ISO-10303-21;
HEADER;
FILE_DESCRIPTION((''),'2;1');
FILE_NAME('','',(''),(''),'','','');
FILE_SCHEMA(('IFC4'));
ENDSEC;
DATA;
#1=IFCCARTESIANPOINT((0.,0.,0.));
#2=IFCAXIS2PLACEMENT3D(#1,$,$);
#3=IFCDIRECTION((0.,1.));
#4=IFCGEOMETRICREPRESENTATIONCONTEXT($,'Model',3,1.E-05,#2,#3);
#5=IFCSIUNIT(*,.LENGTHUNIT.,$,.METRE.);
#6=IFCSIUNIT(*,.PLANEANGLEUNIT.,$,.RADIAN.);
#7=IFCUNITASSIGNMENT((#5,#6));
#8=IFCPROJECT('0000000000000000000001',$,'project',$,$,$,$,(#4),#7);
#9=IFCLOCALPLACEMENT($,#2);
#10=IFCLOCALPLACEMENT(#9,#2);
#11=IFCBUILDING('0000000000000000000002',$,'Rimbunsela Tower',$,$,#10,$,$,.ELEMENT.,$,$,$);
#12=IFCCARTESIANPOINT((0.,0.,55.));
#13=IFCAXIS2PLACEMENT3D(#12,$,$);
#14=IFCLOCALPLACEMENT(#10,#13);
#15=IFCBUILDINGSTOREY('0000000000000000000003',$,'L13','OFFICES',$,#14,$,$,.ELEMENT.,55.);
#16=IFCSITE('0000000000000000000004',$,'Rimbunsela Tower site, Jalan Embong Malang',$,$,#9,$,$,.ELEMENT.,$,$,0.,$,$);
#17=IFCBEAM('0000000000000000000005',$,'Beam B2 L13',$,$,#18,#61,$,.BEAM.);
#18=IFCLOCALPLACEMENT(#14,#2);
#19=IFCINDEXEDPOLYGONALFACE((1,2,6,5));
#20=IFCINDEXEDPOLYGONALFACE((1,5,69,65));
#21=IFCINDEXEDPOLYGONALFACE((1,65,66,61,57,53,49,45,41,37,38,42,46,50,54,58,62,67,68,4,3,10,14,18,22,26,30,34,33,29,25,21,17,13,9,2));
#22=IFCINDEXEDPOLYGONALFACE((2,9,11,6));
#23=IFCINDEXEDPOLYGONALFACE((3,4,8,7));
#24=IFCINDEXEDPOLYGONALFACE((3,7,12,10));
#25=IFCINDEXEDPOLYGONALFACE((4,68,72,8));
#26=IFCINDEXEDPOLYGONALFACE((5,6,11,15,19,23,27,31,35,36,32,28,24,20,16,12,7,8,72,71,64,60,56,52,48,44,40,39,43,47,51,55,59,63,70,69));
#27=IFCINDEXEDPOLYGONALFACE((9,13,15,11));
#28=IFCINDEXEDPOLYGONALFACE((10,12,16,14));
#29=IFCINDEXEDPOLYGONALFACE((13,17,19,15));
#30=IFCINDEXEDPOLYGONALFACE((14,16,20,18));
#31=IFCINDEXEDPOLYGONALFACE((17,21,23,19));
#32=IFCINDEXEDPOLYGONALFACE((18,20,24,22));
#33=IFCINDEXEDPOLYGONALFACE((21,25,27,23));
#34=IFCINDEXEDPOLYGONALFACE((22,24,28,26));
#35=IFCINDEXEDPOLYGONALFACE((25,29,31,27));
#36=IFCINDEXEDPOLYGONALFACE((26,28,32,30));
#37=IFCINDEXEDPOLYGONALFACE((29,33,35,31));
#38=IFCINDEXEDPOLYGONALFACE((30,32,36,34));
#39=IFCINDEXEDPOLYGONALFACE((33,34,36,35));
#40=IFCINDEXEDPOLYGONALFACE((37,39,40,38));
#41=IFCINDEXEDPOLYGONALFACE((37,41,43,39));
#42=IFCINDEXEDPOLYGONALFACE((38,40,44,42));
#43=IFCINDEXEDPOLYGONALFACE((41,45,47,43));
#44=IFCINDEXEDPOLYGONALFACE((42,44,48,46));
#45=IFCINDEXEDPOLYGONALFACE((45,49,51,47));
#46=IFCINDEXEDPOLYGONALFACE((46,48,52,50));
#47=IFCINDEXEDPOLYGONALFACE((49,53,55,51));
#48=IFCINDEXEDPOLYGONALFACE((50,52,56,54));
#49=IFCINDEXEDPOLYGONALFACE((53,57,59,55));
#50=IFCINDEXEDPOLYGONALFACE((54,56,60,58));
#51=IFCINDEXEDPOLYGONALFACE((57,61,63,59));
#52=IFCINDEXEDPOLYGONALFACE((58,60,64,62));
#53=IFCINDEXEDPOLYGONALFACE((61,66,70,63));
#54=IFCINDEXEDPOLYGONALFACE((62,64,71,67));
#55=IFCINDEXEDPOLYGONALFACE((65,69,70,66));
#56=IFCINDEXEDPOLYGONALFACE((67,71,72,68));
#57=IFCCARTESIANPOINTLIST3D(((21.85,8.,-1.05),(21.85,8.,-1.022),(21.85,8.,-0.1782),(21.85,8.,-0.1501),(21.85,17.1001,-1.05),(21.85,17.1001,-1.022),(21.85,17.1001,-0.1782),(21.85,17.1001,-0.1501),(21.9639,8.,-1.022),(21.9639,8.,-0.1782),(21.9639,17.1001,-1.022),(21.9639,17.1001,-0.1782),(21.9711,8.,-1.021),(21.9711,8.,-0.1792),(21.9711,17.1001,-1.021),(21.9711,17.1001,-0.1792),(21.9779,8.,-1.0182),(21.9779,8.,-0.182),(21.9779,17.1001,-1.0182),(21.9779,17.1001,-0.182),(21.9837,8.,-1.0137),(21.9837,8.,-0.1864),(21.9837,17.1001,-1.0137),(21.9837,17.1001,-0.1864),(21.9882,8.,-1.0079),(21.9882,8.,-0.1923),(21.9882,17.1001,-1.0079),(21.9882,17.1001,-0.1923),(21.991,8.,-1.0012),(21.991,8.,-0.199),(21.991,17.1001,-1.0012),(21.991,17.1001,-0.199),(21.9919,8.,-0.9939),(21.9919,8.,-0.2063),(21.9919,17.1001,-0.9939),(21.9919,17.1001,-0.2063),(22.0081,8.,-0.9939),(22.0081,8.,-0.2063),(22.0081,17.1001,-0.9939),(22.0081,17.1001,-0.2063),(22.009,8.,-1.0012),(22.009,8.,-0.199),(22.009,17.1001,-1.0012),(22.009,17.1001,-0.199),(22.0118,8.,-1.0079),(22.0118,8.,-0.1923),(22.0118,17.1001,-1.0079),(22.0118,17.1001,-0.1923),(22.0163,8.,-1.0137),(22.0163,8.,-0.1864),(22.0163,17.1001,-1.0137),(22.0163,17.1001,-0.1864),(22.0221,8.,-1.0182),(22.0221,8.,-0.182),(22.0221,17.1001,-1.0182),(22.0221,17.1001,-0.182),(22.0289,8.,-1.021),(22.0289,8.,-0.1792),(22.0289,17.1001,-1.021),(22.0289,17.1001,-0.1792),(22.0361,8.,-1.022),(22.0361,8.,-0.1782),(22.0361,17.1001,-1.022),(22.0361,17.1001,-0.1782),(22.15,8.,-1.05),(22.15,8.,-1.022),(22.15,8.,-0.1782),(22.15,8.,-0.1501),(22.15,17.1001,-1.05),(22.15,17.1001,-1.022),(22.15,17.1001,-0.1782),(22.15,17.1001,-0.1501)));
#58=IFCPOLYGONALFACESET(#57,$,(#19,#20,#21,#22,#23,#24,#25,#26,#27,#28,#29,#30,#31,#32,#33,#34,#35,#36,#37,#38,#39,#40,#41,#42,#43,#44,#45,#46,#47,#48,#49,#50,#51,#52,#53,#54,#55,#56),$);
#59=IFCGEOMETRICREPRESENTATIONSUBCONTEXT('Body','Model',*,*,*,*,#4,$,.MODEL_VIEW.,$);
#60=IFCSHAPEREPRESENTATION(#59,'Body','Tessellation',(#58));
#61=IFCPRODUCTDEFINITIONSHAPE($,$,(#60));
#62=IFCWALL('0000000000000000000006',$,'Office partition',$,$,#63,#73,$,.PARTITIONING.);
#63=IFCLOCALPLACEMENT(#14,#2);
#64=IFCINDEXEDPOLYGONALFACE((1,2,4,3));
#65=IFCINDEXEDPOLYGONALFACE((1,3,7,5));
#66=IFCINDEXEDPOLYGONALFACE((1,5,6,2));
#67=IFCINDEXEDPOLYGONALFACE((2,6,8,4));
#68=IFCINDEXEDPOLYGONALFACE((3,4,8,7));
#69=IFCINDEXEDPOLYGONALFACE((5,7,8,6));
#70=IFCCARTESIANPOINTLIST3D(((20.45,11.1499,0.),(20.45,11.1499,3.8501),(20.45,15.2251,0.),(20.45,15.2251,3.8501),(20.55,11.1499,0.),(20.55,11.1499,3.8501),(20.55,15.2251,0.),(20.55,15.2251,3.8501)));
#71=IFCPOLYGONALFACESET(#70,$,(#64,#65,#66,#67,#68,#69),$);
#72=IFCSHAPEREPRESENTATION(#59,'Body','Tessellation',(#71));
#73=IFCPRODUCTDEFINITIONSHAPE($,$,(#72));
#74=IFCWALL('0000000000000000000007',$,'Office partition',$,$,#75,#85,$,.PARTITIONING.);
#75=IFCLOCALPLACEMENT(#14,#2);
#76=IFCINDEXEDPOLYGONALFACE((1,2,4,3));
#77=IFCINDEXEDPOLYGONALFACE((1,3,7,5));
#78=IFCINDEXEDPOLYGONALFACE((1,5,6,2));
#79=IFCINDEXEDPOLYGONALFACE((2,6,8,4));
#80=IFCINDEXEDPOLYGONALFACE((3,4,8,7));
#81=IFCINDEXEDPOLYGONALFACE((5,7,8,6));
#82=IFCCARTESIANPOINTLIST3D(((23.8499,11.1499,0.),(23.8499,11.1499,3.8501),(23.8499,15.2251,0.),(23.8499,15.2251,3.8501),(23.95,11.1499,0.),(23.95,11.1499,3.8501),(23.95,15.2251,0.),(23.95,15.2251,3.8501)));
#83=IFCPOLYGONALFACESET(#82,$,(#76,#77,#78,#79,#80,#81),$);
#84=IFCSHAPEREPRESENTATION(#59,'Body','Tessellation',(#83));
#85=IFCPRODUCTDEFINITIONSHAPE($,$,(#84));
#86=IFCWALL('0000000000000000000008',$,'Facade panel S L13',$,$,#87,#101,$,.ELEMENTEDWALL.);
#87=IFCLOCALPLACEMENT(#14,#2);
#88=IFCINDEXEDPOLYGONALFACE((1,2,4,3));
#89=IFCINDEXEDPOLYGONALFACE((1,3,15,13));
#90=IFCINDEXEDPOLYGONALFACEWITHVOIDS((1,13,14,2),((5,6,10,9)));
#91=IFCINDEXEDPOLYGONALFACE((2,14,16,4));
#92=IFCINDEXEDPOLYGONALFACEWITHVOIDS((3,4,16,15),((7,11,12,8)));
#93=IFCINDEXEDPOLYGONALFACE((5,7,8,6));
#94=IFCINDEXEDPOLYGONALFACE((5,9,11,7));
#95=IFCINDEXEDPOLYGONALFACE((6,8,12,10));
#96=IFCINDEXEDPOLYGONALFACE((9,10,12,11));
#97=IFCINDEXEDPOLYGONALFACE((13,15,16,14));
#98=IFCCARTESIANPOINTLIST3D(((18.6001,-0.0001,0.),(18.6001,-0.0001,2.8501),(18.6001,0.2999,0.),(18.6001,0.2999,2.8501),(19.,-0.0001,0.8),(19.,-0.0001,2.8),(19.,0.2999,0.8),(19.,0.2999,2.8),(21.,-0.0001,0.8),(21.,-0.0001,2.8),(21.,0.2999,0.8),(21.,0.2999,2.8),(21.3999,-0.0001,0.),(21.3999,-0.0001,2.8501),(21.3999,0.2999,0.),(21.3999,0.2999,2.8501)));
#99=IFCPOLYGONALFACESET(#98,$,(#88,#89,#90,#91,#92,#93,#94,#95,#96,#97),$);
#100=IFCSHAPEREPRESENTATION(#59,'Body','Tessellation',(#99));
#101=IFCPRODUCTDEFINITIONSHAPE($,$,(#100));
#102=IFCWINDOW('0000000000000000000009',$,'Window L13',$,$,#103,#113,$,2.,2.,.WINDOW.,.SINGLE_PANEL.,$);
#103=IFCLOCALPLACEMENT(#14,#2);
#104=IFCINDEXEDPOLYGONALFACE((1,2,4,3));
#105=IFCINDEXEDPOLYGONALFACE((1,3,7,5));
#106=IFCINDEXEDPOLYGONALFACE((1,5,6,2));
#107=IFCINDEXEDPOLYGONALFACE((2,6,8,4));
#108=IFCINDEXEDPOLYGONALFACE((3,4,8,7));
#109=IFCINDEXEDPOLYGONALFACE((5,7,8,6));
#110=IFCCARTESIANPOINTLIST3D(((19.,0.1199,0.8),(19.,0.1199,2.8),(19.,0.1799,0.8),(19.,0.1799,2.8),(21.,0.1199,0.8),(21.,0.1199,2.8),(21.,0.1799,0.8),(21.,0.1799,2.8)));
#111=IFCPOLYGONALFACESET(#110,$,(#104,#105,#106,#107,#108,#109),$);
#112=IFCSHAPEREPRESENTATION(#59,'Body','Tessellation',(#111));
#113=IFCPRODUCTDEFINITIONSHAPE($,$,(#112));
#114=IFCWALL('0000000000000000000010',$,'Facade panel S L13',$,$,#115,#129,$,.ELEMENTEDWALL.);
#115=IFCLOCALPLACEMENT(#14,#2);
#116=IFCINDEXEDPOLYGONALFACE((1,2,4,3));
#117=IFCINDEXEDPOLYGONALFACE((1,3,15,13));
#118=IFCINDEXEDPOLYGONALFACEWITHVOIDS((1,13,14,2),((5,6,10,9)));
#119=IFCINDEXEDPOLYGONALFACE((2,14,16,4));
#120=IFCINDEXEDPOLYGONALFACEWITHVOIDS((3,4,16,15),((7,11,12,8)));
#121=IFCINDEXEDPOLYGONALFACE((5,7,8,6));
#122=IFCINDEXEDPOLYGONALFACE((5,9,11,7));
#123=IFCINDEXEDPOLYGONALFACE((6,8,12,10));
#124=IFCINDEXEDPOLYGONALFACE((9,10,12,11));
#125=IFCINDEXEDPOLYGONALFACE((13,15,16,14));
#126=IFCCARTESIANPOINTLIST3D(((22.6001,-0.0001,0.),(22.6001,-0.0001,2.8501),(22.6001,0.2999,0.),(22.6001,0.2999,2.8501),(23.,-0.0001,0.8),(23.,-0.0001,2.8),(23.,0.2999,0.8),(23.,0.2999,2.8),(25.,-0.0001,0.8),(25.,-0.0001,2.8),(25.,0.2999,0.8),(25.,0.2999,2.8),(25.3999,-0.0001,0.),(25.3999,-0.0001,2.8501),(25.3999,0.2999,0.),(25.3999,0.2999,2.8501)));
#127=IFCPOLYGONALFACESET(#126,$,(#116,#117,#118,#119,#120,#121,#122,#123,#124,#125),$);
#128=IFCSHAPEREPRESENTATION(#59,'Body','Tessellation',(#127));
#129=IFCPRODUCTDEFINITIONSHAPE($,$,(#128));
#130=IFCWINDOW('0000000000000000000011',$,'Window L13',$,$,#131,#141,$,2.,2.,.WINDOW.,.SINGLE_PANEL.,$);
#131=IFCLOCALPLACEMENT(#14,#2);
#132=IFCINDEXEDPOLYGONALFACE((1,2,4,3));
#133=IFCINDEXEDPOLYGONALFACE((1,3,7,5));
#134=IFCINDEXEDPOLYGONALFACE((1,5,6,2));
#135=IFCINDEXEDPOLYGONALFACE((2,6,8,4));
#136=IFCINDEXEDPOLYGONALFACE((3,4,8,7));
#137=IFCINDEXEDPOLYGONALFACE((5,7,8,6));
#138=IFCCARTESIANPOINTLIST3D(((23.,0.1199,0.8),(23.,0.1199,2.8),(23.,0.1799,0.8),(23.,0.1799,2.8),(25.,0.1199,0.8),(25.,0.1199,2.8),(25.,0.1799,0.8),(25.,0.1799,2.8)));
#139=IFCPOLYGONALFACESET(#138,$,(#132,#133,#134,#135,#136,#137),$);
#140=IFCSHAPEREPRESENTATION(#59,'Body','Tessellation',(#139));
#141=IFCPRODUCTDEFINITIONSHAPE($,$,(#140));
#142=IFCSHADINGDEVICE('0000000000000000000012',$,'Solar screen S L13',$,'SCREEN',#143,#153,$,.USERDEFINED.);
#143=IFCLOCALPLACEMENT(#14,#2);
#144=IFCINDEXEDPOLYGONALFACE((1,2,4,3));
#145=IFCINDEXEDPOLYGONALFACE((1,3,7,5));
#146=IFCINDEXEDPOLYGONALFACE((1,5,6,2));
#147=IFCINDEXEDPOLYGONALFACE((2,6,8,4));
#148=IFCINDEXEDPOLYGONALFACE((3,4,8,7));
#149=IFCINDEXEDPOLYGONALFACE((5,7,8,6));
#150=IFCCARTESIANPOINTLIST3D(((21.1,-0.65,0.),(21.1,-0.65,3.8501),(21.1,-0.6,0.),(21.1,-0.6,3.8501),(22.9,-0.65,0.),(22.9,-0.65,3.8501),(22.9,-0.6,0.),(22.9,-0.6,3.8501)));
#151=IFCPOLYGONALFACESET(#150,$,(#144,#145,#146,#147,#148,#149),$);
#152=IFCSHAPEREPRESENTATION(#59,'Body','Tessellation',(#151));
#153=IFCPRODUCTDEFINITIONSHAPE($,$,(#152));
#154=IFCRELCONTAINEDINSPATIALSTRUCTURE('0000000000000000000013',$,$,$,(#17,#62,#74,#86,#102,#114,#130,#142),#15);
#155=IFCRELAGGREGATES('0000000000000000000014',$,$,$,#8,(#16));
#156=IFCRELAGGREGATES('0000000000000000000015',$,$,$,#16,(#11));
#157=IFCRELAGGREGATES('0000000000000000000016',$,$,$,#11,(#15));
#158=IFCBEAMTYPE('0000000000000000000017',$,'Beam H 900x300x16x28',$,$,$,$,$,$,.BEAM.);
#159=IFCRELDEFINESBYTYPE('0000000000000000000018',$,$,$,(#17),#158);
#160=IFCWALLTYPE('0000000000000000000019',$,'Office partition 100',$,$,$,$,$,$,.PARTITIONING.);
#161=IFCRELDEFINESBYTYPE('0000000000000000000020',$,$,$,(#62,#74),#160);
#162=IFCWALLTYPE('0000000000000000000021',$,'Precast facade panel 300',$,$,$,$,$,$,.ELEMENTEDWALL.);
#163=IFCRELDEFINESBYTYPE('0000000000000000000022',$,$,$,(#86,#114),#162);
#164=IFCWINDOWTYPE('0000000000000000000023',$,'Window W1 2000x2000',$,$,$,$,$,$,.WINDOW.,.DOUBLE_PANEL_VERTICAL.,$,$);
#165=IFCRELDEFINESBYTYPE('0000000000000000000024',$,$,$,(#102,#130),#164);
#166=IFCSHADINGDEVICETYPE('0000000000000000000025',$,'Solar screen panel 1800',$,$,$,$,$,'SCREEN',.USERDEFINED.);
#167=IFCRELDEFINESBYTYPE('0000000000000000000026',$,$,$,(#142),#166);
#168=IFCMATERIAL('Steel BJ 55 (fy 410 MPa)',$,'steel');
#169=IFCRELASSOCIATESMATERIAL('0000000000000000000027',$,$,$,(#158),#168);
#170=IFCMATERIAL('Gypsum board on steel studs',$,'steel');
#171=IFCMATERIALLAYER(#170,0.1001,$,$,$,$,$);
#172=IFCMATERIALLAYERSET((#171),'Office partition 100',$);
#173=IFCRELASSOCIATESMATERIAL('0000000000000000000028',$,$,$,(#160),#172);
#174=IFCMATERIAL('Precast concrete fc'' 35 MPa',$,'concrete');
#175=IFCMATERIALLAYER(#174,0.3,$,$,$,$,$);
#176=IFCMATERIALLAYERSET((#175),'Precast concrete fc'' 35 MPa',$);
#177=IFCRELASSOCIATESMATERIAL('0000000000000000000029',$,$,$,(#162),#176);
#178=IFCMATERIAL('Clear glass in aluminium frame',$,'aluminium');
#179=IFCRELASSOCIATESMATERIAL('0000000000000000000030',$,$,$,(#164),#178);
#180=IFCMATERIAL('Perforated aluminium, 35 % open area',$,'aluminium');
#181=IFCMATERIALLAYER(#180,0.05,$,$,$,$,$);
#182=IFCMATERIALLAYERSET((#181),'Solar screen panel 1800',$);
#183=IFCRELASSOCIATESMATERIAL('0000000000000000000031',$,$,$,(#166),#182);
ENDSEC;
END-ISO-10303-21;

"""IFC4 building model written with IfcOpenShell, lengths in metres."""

from ifc_helpers import new_model, si_unit, direction, frame, frame_2d, origin, origin_2d, place, context, subcontext, project, spatial, rectangle, i_section, extrude, material, layer, layer_set, material_profile, profile_set, type_object, element, fill, save


model = new_model("IFC4")

# Units and contexts
model_context = context("Model", 3, precision=1e-05, world=origin(), true_north=direction((0.0, 1.0)))
body_context = subcontext(model_context, "Body", "Model", "MODEL_VIEW")
ifc_project = project(units=[si_unit("LENGTHUNIT", "METRE"), si_unit("PLANEANGLEUNIT", "RADIAN")], contexts=[model_context])

# Site, building, storey
site_placement = place(None, origin())
site = spatial("IfcSite", under=ifc_project, at=site_placement, Name="Rimbunsela Tower site, Jalan Embong Malang", CompositionType="ELEMENT", RefElevation=0.0)
building_placement = place(site_placement, origin())
building = spatial("IfcBuilding", under=site, at=building_placement, Name="Rimbunsela Tower", CompositionType="ELEMENT")
storey_placement = place(building_placement, frame((0.0, 0.0, 55.0)))
storey = spatial("IfcBuildingStorey", under=building, at=storey_placement, Name="L13", Description="OFFICES", CompositionType="ELEMENT", Elevation=55.0)

# Beam
ifc_material_1 = material(Name="Steel BJ 55 (fy 410 MPa)", Category="steel")
ifc_material_profile_1 = material_profile(ifc_material_1, i_section(OverallWidth=0.3, OverallDepth=0.8999, WebThickness=0.0161, FlangeThickness=0.0281, FilletRadius=0.0281, at=origin_2d()), Name="H 900x300x16x28")
ifc_profile_set_1 = profile_set([ifc_material_profile_1], Name="Steel BJ 55 (fy 410 MPa)")
beam_type_1 = type_object("IfcBeamType", Name="Beam H 900x300x16x28", PredefinedType="BEAM", material=ifc_profile_set_1)
beam_1_placement = place(storey_placement, frame((22.0, 8.0, -0.6001), z_axis=(0.0, 1.0, 0.0), x_axis=(-1.0, 0.0, 0.0)))
element("IfcBeam", 1, at=beam_1_placement, inside=storey, type_object=beam_type_1, Name="Beam B2 L13", PredefinedType="BEAM", context=body_context, shape_type="SweptSolid", body=[
    extrude(i_section(OverallWidth=0.3, OverallDepth=0.8999, WebThickness=0.0161, FlangeThickness=0.0281, FilletRadius=0.0281, at=origin_2d()), origin(), (0.0, 0.0, 1.0), 9.1001),
])

# Walls
ifc_material_2 = material(Name="Gypsum board on steel studs", Category="steel")
ifc_layer_1 = layer(ifc_material_2, 0.1001)
ifc_layer_set_1 = layer_set([ifc_layer_1], Name="Office partition 100")
wall_type_1 = type_object("IfcWallType", Name="Office partition 100", PredefinedType="PARTITIONING", material=ifc_layer_set_1)
for number, where, z_axis, x_axis, name in (
    (2, (20.5, 11.1499, 0.0), (0.0, 0.0, 1.0), (0.0, 1.0, 0.0), "Office partition"),
    (3, (23.8999, 11.1499, 0.0), (0.0, 0.0, 1.0), (0.0, 1.0, 0.0), "Office partition"),
):
    element("IfcWall", number, at=place(storey_placement, frame(where, z_axis=z_axis, x_axis=x_axis)), inside=storey, type_object=wall_type_1, Name=name, PredefinedType="PARTITIONING", context=body_context, shape_type="SweptSolid", body=[
        extrude(rectangle(XDim=4.0752, YDim=0.1001, at=frame_2d((2.0376, 0.0))), origin(), (0.0, 0.0, 1.0), 3.8501),
    ])

# Walls, openings, windows
ifc_material_3 = material(Name="Precast concrete fc' 35 MPa", Category="concrete")
ifc_layer_2 = layer(ifc_material_3, 0.3)
ifc_layer_set_2 = layer_set([ifc_layer_2], Name="Precast concrete fc' 35 MPa")
wall_type_2 = type_object("IfcWallType", Name="Precast facade panel 300", PredefinedType="ELEMENTEDWALL", material=ifc_layer_set_2)
wall_1_placement = place(storey_placement, frame((18.6001, 0.1499, 0.0), z_axis=(0.0, 0.0, 1.0), x_axis=(1.0, 0.0, 0.0)))
wall_1 = element("IfcWall", 4, at=wall_1_placement, inside=storey, type_object=wall_type_2, Name="Facade panel S L13", PredefinedType="ELEMENTEDWALL", context=body_context, shape_type="SweptSolid", body=[
    extrude(rectangle(XDim=2.7998, YDim=0.3, at=frame_2d((1.3999, 0.0))), origin(), (0.0, 0.0, 1.0), 2.8501),
])
opening_1_placement = place(wall_1_placement, frame((0.3999, 0.0, 0.8)))
opening_1 = element("IfcOpeningElement", 5, at=opening_1_placement, cuts=wall_1, PredefinedType="OPENING", context=body_context, shape_type="SweptSolid", body=[
    extrude(rectangle(XDim=2.0, YDim=2.0, at=frame_2d((1.0, 1.0))), frame((0.0, 0.1599, 0.0), z_axis=(0.0, -1.0, 0.0), x_axis=(1.0, 0.0, 0.0)), (0.0, 0.0, 1.0), 0.3201),
])
ifc_material_4 = material(Name="Clear glass in aluminium frame", Category="aluminium")
window_type = type_object("IfcWindowType", Name="Window W1 2000x2000", PartitioningType="DOUBLE_PANEL_VERTICAL", PredefinedType="WINDOW", material=ifc_material_4)
window_1_placement = place(opening_1_placement, origin())
window_1 = element("IfcWindow", 6, at=window_1_placement, inside=storey, type_object=window_type, Name="Window L13", OverallHeight=2.0, OverallWidth=2.0, PartitioningType="SINGLE_PANEL", PredefinedType="WINDOW", context=body_context, shape_type="SweptSolid", body=[
    extrude(rectangle(XDim=2.0, YDim=2.0, at=frame_2d((1.0, 1.0))), frame((0.0, 0.03, 0.0), z_axis=(0.0, -1.0, 0.0), x_axis=(1.0, 0.0, 0.0)), (0.0, 0.0, 1.0), 0.0601),
])
fill(opening_1, window_1)
wall_2_placement = place(storey_placement, frame((22.6001, 0.1499, 0.0), z_axis=(0.0, 0.0, 1.0), x_axis=(1.0, 0.0, 0.0)))
wall_2 = element("IfcWall", 7, at=wall_2_placement, inside=storey, type_object=wall_type_2, Name="Facade panel S L13", PredefinedType="ELEMENTEDWALL", context=body_context, shape_type="SweptSolid", body=[
    extrude(rectangle(XDim=2.7998, YDim=0.3, at=frame_2d((1.3999, 0.0))), origin(), (0.0, 0.0, 1.0), 2.8501),
])
opening_2_placement = place(wall_2_placement, frame((0.3999, 0.0, 0.8)))
opening_2 = element("IfcOpeningElement", 8, at=opening_2_placement, cuts=wall_2, PredefinedType="OPENING", context=body_context, shape_type="SweptSolid", body=[
    extrude(rectangle(XDim=2.0, YDim=2.0, at=frame_2d((1.0, 1.0))), frame((0.0, 0.1599, 0.0), z_axis=(0.0, -1.0, 0.0), x_axis=(1.0, 0.0, 0.0)), (0.0, 0.0, 1.0), 0.3201),
])
window_2_placement = place(opening_2_placement, origin())
window_2 = element("IfcWindow", 9, at=window_2_placement, inside=storey, type_object=window_type, Name="Window L13", OverallHeight=2.0, OverallWidth=2.0, PartitioningType="SINGLE_PANEL", PredefinedType="WINDOW", context=body_context, shape_type="SweptSolid", body=[
    extrude(rectangle(XDim=2.0, YDim=2.0, at=frame_2d((1.0, 1.0))), frame((0.0, 0.03, 0.0), z_axis=(0.0, -1.0, 0.0), x_axis=(1.0, 0.0, 0.0)), (0.0, 0.0, 1.0), 0.0601),
])
fill(opening_2, window_2)

# Shading device
ifc_material_5 = material(Name="Perforated aluminium, 35 % open area", Category="aluminium")
ifc_layer_3 = layer(ifc_material_5, 0.05)
ifc_layer_set_3 = layer_set([ifc_layer_3], Name="Solar screen panel 1800")
shading_device_type = type_object("IfcShadingDeviceType", Name="Solar screen panel 1800", ElementType="SCREEN", PredefinedType="USERDEFINED", material=ifc_layer_set_3)
shading_device_placement = place(storey_placement, frame((22.0, -0.625, 0.0), z_axis=(0.0, 0.0, 1.0), x_axis=(1.0, 0.0, 0.0)))
element("IfcShadingDevice", 10, at=shading_device_placement, inside=storey, type_object=shading_device_type, Name="Solar screen S L13", ObjectType="SCREEN", PredefinedType="USERDEFINED", context=body_context, shape_type="SweptSolid", body=[
    extrude(rectangle(XDim=1.8, YDim=0.05, at=origin_2d()), origin(), (0.0, 0.0, 1.0), 3.8501),
])

save(model, "model.ifc")
